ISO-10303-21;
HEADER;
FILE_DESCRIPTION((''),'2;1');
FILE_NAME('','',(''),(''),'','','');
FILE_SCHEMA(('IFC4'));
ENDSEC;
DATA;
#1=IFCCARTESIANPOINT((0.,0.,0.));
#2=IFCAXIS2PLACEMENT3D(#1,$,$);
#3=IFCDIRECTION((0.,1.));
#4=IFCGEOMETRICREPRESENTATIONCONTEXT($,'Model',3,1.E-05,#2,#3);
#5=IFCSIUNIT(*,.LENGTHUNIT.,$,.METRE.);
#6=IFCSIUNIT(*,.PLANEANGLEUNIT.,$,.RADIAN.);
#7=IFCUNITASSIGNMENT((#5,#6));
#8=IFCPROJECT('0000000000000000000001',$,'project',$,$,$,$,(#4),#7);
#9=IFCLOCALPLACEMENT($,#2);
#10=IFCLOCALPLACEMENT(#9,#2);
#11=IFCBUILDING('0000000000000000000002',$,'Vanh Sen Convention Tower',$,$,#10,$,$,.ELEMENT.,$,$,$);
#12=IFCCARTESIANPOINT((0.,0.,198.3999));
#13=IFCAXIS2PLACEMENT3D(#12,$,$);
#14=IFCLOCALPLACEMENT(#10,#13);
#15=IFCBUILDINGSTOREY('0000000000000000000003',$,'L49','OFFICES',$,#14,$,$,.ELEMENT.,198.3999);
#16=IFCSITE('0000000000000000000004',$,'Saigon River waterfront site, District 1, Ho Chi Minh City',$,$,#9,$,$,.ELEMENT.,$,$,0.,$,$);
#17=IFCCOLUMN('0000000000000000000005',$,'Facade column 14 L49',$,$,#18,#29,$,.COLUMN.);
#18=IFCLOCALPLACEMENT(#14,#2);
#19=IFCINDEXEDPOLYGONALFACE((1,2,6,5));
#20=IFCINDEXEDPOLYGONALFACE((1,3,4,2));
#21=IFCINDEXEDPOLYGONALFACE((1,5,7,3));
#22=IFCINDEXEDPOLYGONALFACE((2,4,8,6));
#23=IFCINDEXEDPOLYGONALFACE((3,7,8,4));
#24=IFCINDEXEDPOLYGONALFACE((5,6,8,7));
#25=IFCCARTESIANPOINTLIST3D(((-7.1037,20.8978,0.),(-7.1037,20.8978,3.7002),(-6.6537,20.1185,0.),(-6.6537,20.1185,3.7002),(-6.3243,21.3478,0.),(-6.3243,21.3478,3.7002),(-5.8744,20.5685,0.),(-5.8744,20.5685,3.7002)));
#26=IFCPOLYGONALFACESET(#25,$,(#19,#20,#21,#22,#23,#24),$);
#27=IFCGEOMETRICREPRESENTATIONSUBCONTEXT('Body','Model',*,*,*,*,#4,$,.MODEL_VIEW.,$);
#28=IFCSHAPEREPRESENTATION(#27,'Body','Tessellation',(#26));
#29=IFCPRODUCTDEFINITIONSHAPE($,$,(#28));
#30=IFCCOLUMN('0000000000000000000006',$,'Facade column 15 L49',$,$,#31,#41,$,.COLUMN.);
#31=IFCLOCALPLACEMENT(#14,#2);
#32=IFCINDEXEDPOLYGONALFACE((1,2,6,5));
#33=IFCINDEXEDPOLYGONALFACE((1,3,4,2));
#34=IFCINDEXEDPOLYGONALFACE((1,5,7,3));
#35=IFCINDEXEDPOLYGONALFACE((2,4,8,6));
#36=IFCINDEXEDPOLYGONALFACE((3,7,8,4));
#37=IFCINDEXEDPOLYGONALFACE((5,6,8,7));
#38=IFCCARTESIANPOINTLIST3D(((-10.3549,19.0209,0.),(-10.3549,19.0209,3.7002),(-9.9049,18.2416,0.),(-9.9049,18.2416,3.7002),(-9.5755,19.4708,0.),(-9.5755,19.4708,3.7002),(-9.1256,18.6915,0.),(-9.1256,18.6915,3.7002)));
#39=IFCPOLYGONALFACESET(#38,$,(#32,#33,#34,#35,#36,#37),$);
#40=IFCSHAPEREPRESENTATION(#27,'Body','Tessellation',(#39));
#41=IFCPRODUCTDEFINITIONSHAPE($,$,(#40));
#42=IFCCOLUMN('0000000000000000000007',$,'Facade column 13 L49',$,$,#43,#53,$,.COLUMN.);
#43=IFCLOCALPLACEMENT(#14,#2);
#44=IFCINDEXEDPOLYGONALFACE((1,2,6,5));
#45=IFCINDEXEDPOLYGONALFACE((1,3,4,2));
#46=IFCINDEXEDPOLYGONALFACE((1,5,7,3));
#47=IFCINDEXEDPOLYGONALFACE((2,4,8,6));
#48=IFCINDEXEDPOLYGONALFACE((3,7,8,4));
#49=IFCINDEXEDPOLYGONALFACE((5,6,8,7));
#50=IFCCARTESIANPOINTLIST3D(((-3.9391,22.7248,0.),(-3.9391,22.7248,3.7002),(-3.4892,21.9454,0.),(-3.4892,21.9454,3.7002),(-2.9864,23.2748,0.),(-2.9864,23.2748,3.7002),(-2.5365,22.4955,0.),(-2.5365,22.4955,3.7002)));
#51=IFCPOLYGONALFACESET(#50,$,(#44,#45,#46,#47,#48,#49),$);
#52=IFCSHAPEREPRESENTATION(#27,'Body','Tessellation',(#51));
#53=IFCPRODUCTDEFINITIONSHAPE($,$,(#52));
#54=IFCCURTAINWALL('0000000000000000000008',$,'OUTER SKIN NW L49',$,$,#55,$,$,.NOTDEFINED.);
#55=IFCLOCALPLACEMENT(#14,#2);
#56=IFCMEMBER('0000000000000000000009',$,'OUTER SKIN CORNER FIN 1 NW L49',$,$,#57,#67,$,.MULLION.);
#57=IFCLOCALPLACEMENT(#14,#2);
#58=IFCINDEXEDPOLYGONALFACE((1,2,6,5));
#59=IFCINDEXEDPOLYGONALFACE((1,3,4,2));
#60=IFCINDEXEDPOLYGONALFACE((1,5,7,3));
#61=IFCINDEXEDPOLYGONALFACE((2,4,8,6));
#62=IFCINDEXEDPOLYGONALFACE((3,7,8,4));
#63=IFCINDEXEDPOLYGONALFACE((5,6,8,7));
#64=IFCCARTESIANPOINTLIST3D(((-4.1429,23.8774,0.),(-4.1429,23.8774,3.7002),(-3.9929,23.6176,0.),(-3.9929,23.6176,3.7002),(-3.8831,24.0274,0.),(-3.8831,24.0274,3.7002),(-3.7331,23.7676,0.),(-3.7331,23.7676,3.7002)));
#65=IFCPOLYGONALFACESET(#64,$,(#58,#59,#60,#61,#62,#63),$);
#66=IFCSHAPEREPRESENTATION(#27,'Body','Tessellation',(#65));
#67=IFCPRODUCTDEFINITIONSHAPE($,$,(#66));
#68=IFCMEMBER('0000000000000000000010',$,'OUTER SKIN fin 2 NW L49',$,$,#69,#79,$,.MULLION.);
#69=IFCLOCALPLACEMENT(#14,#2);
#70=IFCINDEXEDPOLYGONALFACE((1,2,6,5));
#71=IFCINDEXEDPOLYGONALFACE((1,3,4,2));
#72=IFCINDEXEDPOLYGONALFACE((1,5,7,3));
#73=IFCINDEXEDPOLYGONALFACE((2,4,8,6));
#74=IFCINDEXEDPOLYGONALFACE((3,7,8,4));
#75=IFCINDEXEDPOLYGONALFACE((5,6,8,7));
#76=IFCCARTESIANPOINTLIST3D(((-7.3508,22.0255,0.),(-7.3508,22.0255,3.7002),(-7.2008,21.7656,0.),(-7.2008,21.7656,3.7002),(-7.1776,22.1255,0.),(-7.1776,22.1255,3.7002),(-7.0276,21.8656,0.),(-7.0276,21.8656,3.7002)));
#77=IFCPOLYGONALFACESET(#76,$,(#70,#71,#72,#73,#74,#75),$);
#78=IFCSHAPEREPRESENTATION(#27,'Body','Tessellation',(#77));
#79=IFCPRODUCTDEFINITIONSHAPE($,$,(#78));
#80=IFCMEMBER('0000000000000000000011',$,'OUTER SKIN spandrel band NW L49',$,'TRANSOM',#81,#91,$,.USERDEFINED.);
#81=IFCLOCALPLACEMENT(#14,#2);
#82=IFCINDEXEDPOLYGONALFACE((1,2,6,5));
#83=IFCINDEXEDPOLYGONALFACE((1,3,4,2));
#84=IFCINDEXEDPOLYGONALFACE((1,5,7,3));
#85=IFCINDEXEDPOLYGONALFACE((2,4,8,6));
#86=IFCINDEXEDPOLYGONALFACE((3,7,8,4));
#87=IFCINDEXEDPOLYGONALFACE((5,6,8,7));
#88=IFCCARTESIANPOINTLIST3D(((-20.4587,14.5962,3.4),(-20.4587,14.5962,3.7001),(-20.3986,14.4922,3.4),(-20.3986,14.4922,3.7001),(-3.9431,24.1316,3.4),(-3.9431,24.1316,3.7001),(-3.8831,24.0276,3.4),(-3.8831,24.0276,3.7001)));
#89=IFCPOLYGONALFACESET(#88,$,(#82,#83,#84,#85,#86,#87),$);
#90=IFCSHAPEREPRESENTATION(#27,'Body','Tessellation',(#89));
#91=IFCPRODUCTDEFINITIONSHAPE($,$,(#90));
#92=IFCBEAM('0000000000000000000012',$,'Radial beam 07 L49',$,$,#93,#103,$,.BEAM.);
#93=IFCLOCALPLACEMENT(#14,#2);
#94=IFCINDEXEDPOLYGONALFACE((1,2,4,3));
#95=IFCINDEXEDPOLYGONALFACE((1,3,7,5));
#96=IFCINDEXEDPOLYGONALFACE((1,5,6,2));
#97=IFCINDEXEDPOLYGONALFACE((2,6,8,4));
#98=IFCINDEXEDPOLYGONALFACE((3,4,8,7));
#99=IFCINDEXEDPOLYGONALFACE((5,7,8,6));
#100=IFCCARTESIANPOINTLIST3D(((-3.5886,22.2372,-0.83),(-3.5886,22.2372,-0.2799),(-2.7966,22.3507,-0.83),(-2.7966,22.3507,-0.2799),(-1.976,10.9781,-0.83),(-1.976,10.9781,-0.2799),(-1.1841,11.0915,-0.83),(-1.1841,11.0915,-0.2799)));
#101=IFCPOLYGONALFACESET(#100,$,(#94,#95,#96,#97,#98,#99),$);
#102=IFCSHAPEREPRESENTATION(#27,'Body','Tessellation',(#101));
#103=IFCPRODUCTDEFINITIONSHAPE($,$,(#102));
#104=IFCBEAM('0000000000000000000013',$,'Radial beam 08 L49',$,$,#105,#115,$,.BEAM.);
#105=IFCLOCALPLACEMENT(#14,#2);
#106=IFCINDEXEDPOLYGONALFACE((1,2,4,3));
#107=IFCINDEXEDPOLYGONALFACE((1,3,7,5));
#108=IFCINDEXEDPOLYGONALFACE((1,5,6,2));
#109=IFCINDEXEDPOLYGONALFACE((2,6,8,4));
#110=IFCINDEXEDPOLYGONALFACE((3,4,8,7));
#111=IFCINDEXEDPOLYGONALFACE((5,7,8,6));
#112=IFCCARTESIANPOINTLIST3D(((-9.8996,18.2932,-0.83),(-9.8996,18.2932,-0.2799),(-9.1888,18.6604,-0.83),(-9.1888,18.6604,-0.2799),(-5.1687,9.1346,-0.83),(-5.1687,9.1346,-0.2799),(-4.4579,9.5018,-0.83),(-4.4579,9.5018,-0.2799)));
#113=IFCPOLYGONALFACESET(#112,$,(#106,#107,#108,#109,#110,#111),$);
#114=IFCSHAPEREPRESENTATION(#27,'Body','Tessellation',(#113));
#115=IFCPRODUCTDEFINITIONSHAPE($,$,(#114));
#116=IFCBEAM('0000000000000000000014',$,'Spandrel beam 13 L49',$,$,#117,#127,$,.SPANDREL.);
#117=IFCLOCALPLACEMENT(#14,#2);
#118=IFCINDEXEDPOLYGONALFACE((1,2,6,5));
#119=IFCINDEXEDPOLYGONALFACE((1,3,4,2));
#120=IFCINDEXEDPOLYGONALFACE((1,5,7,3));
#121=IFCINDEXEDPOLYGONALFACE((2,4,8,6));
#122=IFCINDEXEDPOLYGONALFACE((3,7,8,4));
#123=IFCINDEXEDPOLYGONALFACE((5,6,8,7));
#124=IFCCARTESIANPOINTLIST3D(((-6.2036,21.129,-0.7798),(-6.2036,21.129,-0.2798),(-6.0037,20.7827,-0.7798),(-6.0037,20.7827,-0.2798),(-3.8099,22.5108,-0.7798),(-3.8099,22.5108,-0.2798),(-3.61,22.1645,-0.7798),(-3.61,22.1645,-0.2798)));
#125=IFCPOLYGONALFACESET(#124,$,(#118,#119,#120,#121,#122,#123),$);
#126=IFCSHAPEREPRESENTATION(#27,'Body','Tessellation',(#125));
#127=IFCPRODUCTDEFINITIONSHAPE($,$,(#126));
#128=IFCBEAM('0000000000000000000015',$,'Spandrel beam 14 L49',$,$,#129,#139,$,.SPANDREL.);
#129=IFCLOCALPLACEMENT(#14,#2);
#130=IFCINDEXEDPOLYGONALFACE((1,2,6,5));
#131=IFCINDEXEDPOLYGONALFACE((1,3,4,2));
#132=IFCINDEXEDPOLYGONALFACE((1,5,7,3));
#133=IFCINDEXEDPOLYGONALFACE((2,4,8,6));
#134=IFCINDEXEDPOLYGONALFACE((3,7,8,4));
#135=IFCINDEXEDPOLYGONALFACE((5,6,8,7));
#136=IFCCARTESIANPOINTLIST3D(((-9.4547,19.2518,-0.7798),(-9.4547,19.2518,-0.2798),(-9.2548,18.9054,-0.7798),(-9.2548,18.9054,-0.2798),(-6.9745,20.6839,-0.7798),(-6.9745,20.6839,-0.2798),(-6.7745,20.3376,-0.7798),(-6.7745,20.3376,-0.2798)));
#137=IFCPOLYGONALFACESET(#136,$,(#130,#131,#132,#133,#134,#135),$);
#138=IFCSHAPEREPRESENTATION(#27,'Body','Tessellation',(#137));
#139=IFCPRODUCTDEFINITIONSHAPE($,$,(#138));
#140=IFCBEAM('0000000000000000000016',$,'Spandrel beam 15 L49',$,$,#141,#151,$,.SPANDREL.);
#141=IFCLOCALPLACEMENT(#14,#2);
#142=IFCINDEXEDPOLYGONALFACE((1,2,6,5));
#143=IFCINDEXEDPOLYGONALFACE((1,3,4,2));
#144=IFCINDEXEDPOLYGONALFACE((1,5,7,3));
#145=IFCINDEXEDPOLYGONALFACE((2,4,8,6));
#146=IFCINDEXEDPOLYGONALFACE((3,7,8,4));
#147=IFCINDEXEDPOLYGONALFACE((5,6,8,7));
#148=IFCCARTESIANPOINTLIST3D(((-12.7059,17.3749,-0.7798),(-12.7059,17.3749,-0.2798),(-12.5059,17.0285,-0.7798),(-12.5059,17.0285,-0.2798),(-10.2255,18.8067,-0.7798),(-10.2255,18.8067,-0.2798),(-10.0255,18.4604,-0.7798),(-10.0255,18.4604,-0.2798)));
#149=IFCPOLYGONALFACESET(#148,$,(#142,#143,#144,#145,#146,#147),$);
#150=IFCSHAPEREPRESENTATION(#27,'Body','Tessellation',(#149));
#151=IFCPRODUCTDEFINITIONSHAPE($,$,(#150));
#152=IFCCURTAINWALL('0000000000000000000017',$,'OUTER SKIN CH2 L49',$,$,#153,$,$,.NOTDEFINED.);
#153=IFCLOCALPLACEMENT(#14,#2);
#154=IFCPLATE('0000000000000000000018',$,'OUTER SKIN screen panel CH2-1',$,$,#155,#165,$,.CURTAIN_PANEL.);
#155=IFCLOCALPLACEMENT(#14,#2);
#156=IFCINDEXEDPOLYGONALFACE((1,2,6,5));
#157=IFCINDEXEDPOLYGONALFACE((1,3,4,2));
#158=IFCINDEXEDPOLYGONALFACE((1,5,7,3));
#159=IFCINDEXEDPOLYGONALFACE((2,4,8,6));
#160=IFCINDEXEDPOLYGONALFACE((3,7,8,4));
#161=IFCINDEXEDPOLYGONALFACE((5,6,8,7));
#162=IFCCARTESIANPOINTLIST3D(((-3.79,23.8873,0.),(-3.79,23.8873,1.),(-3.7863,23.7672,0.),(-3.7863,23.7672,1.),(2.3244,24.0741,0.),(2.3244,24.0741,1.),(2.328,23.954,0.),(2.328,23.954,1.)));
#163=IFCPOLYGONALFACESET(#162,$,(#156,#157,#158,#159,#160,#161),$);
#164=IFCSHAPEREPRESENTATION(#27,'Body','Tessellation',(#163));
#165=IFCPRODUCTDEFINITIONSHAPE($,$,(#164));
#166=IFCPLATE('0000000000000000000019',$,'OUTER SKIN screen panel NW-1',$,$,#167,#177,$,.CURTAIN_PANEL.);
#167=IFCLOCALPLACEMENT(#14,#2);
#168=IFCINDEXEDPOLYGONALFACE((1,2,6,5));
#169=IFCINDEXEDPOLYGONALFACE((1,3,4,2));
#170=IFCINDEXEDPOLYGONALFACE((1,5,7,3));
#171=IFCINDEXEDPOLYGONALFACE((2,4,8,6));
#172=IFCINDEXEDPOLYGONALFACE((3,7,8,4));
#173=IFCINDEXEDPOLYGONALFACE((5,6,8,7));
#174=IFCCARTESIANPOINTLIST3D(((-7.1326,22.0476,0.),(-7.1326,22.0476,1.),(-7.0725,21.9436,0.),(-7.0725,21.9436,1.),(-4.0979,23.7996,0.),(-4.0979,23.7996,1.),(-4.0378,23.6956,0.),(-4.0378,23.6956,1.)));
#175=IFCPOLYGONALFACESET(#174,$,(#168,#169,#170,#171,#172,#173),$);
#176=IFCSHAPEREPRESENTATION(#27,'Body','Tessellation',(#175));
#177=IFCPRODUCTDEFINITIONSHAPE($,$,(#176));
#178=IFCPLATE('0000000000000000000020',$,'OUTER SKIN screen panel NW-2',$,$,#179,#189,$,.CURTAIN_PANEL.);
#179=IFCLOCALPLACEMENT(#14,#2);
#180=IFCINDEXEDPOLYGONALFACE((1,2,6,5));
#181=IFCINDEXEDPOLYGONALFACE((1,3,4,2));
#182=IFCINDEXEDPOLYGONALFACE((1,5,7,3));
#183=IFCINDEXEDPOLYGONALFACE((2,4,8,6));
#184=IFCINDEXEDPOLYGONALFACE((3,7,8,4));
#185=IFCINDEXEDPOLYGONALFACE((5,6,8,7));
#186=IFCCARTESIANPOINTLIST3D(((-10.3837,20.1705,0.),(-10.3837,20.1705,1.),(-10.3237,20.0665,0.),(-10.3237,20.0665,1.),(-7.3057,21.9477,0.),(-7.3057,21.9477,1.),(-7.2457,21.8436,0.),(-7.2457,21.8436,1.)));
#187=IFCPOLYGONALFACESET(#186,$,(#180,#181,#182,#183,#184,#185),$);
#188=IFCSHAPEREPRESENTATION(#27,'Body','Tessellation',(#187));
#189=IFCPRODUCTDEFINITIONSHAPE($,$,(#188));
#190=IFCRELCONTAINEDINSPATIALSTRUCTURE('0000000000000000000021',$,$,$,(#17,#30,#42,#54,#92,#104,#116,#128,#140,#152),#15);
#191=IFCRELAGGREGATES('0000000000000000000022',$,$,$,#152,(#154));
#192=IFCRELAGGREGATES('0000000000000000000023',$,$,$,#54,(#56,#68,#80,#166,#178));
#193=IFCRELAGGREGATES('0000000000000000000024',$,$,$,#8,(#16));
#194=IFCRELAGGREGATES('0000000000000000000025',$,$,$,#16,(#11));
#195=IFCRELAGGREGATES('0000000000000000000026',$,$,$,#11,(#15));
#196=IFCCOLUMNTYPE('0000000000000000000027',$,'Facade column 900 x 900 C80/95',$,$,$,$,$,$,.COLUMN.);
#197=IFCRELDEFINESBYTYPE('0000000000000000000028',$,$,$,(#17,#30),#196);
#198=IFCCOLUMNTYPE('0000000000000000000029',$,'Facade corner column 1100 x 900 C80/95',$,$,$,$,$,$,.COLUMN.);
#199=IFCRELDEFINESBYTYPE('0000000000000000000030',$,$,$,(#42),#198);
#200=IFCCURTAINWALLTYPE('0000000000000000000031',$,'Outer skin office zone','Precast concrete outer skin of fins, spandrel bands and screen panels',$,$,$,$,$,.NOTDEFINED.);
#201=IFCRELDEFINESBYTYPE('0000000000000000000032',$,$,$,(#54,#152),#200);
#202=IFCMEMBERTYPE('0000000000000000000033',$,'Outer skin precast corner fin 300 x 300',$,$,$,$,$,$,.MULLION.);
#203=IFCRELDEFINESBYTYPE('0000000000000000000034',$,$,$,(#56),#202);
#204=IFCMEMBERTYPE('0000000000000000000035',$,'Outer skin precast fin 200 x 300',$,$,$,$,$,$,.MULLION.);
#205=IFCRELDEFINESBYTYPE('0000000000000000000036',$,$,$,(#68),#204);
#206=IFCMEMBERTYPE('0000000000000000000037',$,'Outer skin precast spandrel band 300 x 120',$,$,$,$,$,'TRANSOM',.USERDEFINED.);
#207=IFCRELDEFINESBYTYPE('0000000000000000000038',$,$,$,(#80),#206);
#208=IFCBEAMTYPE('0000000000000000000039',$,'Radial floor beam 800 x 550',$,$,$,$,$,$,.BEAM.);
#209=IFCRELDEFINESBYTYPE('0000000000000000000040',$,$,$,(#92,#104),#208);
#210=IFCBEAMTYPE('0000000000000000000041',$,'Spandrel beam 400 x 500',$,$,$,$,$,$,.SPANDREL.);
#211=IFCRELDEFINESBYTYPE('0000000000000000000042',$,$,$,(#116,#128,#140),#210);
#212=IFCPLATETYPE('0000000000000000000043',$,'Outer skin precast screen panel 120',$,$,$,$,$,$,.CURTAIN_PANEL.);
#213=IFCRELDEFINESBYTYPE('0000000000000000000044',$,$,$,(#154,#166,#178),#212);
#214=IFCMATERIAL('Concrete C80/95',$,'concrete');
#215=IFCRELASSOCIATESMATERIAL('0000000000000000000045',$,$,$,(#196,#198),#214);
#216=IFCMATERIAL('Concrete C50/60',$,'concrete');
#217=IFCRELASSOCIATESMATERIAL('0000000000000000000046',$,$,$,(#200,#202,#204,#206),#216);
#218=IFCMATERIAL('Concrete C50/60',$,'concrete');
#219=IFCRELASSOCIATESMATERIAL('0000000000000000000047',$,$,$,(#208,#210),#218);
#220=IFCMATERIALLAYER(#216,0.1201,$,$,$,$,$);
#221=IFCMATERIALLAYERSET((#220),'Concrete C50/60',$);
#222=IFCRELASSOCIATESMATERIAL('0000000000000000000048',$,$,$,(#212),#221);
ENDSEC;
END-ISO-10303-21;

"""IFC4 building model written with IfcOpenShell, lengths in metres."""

from ifc_helpers import new_model, si_unit, direction, frame, origin, origin_2d, place, context, subcontext, project, spatial, rectangle, extrude, material, layer, layer_set, material_profile, profile_set, type_object, element, aggregate, save


model = new_model("IFC4")

# Units and contexts
model_context = context("Model", 3, precision=1e-05, world=origin(), true_north=direction((0.0, 1.0)))
body_context = subcontext(model_context, "Body", "Model", "MODEL_VIEW")
ifc_project = project(units=[si_unit("LENGTHUNIT", "METRE"), si_unit("PLANEANGLEUNIT", "RADIAN")], contexts=[model_context])

# Site, building, storey
site_placement = place(None, origin())
site = spatial("IfcSite", under=ifc_project, at=site_placement, Name="Saigon River waterfront site, District 1, Ho Chi Minh City", CompositionType="ELEMENT", RefElevation=0.0)
building_placement = place(site_placement, origin())
building = spatial("IfcBuilding", under=site, at=building_placement, Name="Vanh Sen Convention Tower", CompositionType="ELEMENT")
storey_placement = place(building_placement, frame((0.0, 0.0, 198.3999)))
storey = spatial("IfcBuildingStorey", under=building, at=storey_placement, Name="L49", Description="OFFICES", CompositionType="ELEMENT", Elevation=198.3999)

# Columns
ifc_material_1 = material(Name="Concrete C80/95", Category="concrete")
ifc_material_profile_1 = material_profile(ifc_material_1, rectangle(XDim=0.8999, YDim=0.8999, at=origin_2d()), Name="RC 900X900")
ifc_profile_set_1 = profile_set([ifc_material_profile_1], Name="Concrete C80/95")
column_type_1 = type_object("IfcColumnType", Name="Facade column 900 x 900 C80/95", PredefinedType="COLUMN", material=ifc_profile_set_1)
for number, where, z_axis, x_axis, name in (
    (1, (-6.489, 20.7332, 0.0), (0.0, 0.0, 1.0), (-0.866025, -0.5, 0.0), "Facade column 14 L49"),
    (2, (-9.7402, 18.8562, 0.0), (0.0, 0.0, 1.0), (-0.866025, -0.5, 0.0), "Facade column 15 L49"),
):
    element("IfcColumn", number, at=place(storey_placement, frame(where, z_axis=z_axis, x_axis=x_axis)), inside=storey, type_object=column_type_1, Name=name, PredefinedType="COLUMN", context=body_context, shape_type="SweptSolid", body=[
        extrude(rectangle(XDim=0.8999, YDim=0.8999, at=origin_2d()), origin(), (0.0, 0.0, 1.0), 3.7002),
    ])
ifc_material_profile_2 = material_profile(ifc_material_1, rectangle(XDim=1.1001, YDim=0.8999, at=origin_2d()), Name="RC 1100X900")
ifc_profile_set_2 = profile_set([ifc_material_profile_2], Name="Concrete C80/95")
column_type_2 = type_object("IfcColumnType", Name="Facade corner column 1100 x 900 C80/95", PredefinedType="COLUMN", material=ifc_profile_set_2)
column_placement = place(storey_placement, frame((-3.2378, 22.6101, 0.0), z_axis=(0.0, 0.0, 1.0), x_axis=(-0.866025, -0.5, 0.0)))
element("IfcColumn", 3, at=column_placement, inside=storey, type_object=column_type_2, Name="Facade column 13 L49", PredefinedType="COLUMN", context=body_context, shape_type="SweptSolid", body=[
    extrude(rectangle(XDim=1.1001, YDim=0.8999, at=origin_2d()), origin(), (0.0, 0.0, 1.0), 3.7002),
])

# Curtain wall, members
ifc_material_2 = material(Name="Concrete C50/60", Category="concrete")
curtain_wall_type = type_object("IfcCurtainWallType", Name="Outer skin office zone", Description="Precast concrete outer skin of fins, spandrel bands and screen panels", PredefinedType="NOTDEFINED", material=ifc_material_2)
curtain_wall_1_placement = place(storey_placement, origin())
curtain_wall_1 = element("IfcCurtainWall", 4, at=curtain_wall_1_placement, inside=storey, type_object=curtain_wall_type, Name="OUTER SKIN NW L49", PredefinedType="NOTDEFINED")
ifc_material_profile_3 = material_profile(ifc_material_2, rectangle(XDim=0.3, YDim=0.3, at=origin_2d()), Name="Outer skin precast corner fin 300 x 300")
ifc_profile_set_3 = profile_set([ifc_material_profile_3], Name="Concrete C50/60")
member_type_1 = type_object("IfcMemberType", Name="Outer skin precast corner fin 300 x 300", PredefinedType="MULLION", material=ifc_profile_set_3)
member_1_placement = place(storey_placement, frame((-3.938, 23.8225, 0.0), z_axis=(0.0, 0.0, 1.0), x_axis=(-0.866025, -0.5, 0.0)))
member_1 = element("IfcMember", 5, at=member_1_placement, type_object=member_type_1, Name="OUTER SKIN CORNER FIN 1 NW L49", PredefinedType="MULLION", context=body_context, shape_type="SweptSolid", body=[
    extrude(rectangle(XDim=0.3, YDim=0.3, at=origin_2d()), origin(), (0.0, 0.0, 1.0), 3.7002),
])
ifc_material_profile_4 = material_profile(ifc_material_2, rectangle(XDim=0.2, YDim=0.3, at=origin_2d()), Name="Outer skin precast fin 200 x 300")
ifc_profile_set_4 = profile_set([ifc_material_profile_4], Name="Concrete C50/60")
member_type_2 = type_object("IfcMemberType", Name="Outer skin precast fin 200 x 300", PredefinedType="MULLION", material=ifc_profile_set_4)
member_2_placement = place(storey_placement, frame((-7.1892, 21.9456, 0.0), z_axis=(0.0, 0.0, 1.0), x_axis=(-0.866025, -0.5, 0.0)))
member_2 = element("IfcMember", 6, at=member_2_placement, type_object=member_type_2, Name="OUTER SKIN fin 2 NW L49", PredefinedType="MULLION", context=body_context, shape_type="SweptSolid", body=[
    extrude(rectangle(XDim=0.2, YDim=0.3, at=origin_2d()), origin(), (0.0, 0.0, 1.0), 3.7002),
])
ifc_material_profile_5 = material_profile(ifc_material_2, rectangle(XDim=0.1201, YDim=0.3, at=origin_2d()), Name="Outer skin precast spandrel band 300 x 120")
ifc_profile_set_5 = profile_set([ifc_material_profile_5], Name="Concrete C50/60")
member_type_3 = type_object("IfcMemberType", Name="Outer skin precast spandrel band 300 x 120", ElementType="TRANSOM", PredefinedType="USERDEFINED", material=ifc_profile_set_5)
member_3_placement = place(storey_placement, frame((-3.9131, 24.0796, 3.55), z_axis=(-0.866023, -0.500004, 0.0), x_axis=(0.500004, -0.866023, 0.0)))
member_3 = element("IfcMember", 7, at=member_3_placement, type_object=member_type_3, Name="OUTER SKIN spandrel band NW L49", ObjectType="TRANSOM", PredefinedType="USERDEFINED", context=body_context, shape_type="SweptSolid", body=[
    extrude(rectangle(XDim=0.1201, YDim=0.3, at=origin_2d()), origin(), (0.0, 0.0, 1.0), 19.0706),
])

# Beams
ifc_material_3 = material(Name="Concrete C50/60", Category="concrete")
ifc_material_profile_6 = material_profile(ifc_material_3, rectangle(XDim=0.8, YDim=0.55, at=origin_2d()), Name="RC 800X550")
ifc_profile_set_6 = profile_set([ifc_material_profile_6], Name="Concrete C50/60")
beam_type_1 = type_object("IfcBeamType", Name="Radial floor beam 800 x 550", PredefinedType="BEAM", material=ifc_profile_set_6)
beam_1_placement = place(storey_placement, frame((-3.1926, 22.2939, -0.5549), z_axis=(0.141776, -0.989899, 0.0), x_axis=(0.989899, 0.141776, 0.0)))
element("IfcBeam", 8, at=beam_1_placement, inside=storey, type_object=beam_type_1, Name="Radial beam 07 L49", PredefinedType="BEAM", context=body_context, shape_type="SweptSolid", body=[
    extrude(rectangle(XDim=0.8, YDim=0.55, at=origin_2d()), origin(), (0.0, 0.0, 1.0), 11.374),
])
beam_2_placement = place(storey_placement, frame((-9.5442, 18.4768, -0.5549), z_axis=(0.458941, -0.888467, 0.0), x_axis=(0.888467, 0.458941, 0.0)))
element("IfcBeam", 9, at=beam_2_placement, inside=storey, type_object=beam_type_1, Name="Radial beam 08 L49", PredefinedType="BEAM", context=body_context, shape_type="SweptSolid", body=[
    extrude(rectangle(XDim=0.8, YDim=0.55, at=origin_2d()), origin(), (0.0, 0.0, 1.0), 10.3083),
])
ifc_material_profile_7 = material_profile(ifc_material_3, rectangle(XDim=0.3999, YDim=0.5, at=origin_2d()), Name="RC 400X500")
ifc_profile_set_7 = profile_set([ifc_material_profile_7], Name="Concrete C50/60")
beam_type_2 = type_object("IfcBeamType", Name="Spandrel beam 400 x 500", PredefinedType="SPANDREL", material=ifc_profile_set_7)
beam_3_placement = place(storey_placement, frame((-3.71, 22.3376, -0.5298), z_axis=(-0.866061, -0.499939, 0.0), x_axis=(0.499939, -0.866061, 0.0)))
element("IfcBeam", 10, at=beam_3_placement, inside=storey, type_object=beam_type_2, Name="Spandrel beam 13 L49", PredefinedType="SPANDREL", context=body_context, shape_type="SweptSolid", body=[
    extrude(rectangle(XDim=0.3999, YDim=0.5, at=origin_2d()), origin(), (0.0, 0.0, 1.0), 2.7639),
])
for number, where, z_axis, x_axis, name in (
    (11, (-6.8745, 20.5107, -0.5298), (-0.866, -0.500045, 0.0), (0.500045, -0.866, 0.0), "Spandrel beam 14 L49"),
    (12, (-10.1255, 18.6335, -0.5298), (-0.866058, -0.499944, 0.0), (0.499944, -0.866058, 0.0), "Spandrel beam 15 L49"),
):
    element("IfcBeam", number, at=place(storey_placement, frame(where, z_axis=z_axis, x_axis=x_axis)), inside=storey, type_object=beam_type_2, Name=name, PredefinedType="SPANDREL", context=body_context, shape_type="SweptSolid", body=[
        extrude(rectangle(XDim=0.3999, YDim=0.5, at=origin_2d()), origin(), (0.0, 0.0, 1.0), 2.864),
    ])

# Curtain wall, plate
curtain_wall_2_placement = place(storey_placement, origin())
curtain_wall_2 = element("IfcCurtainWall", 13, at=curtain_wall_2_placement, inside=storey, type_object=curtain_wall_type, Name="OUTER SKIN CH2 L49", PredefinedType="NOTDEFINED")
ifc_layer_1 = layer(ifc_material_2, 0.1201)
ifc_layer_set_1 = layer_set([ifc_layer_1], Name="Concrete C50/60")
plate_type = type_object("IfcPlateType", Name="Outer skin precast screen panel 120", PredefinedType="CURTAIN_PANEL", material=ifc_layer_set_1)
plate_1_placement = place(storey_placement, frame((-0.731, 23.9207, 0.0), z_axis=(0.0, 0.0, 1.0), x_axis=(-0.999534, -0.030539, 0.0)))
plate_1 = element("IfcPlate", 14, at=plate_1_placement, type_object=plate_type, Name="OUTER SKIN screen panel CH2-1", PredefinedType="CURTAIN_PANEL", context=body_context, shape_type="SweptSolid", body=[
    extrude(rectangle(XDim=6.1172, YDim=0.1201, at=origin_2d()), origin(), (0.0, 0.0, 1.0), 1.0),
])
aggregate(curtain_wall_2, [plate_1])

# Plates
plate_2_placement = place(storey_placement, frame((-5.5852, 22.8716, 0.0), z_axis=(0.0, 0.0, 1.0), x_axis=(-0.866035, -0.499983, 0.0)))
plate_2 = element("IfcPlate", 15, at=plate_2_placement, type_object=plate_type, Name="OUTER SKIN screen panel NW-1", PredefinedType="CURTAIN_PANEL", context=body_context, shape_type="SweptSolid", body=[
    extrude(rectangle(XDim=3.5042, YDim=0.1201, at=origin_2d()), origin(), (0.0, 0.0, 1.0), 1.0),
])
plate_3_placement = place(storey_placement, frame((-8.8147, 21.0071, 0.0), z_axis=(0.0, 0.0, 1.0), x_axis=(-0.866017, -0.500015, 0.0)))
plate_3 = element("IfcPlate", 16, at=plate_3_placement, type_object=plate_type, Name="OUTER SKIN screen panel NW-2", PredefinedType="CURTAIN_PANEL", context=body_context, shape_type="SweptSolid", body=[
    extrude(rectangle(XDim=3.5542, YDim=0.1201, at=origin_2d()), origin(), (0.0, 0.0, 1.0), 1.0),
])
aggregate(curtain_wall_1, [member_1, member_2, member_3, plate_2, plate_3])

save(model, "model.ifc")
